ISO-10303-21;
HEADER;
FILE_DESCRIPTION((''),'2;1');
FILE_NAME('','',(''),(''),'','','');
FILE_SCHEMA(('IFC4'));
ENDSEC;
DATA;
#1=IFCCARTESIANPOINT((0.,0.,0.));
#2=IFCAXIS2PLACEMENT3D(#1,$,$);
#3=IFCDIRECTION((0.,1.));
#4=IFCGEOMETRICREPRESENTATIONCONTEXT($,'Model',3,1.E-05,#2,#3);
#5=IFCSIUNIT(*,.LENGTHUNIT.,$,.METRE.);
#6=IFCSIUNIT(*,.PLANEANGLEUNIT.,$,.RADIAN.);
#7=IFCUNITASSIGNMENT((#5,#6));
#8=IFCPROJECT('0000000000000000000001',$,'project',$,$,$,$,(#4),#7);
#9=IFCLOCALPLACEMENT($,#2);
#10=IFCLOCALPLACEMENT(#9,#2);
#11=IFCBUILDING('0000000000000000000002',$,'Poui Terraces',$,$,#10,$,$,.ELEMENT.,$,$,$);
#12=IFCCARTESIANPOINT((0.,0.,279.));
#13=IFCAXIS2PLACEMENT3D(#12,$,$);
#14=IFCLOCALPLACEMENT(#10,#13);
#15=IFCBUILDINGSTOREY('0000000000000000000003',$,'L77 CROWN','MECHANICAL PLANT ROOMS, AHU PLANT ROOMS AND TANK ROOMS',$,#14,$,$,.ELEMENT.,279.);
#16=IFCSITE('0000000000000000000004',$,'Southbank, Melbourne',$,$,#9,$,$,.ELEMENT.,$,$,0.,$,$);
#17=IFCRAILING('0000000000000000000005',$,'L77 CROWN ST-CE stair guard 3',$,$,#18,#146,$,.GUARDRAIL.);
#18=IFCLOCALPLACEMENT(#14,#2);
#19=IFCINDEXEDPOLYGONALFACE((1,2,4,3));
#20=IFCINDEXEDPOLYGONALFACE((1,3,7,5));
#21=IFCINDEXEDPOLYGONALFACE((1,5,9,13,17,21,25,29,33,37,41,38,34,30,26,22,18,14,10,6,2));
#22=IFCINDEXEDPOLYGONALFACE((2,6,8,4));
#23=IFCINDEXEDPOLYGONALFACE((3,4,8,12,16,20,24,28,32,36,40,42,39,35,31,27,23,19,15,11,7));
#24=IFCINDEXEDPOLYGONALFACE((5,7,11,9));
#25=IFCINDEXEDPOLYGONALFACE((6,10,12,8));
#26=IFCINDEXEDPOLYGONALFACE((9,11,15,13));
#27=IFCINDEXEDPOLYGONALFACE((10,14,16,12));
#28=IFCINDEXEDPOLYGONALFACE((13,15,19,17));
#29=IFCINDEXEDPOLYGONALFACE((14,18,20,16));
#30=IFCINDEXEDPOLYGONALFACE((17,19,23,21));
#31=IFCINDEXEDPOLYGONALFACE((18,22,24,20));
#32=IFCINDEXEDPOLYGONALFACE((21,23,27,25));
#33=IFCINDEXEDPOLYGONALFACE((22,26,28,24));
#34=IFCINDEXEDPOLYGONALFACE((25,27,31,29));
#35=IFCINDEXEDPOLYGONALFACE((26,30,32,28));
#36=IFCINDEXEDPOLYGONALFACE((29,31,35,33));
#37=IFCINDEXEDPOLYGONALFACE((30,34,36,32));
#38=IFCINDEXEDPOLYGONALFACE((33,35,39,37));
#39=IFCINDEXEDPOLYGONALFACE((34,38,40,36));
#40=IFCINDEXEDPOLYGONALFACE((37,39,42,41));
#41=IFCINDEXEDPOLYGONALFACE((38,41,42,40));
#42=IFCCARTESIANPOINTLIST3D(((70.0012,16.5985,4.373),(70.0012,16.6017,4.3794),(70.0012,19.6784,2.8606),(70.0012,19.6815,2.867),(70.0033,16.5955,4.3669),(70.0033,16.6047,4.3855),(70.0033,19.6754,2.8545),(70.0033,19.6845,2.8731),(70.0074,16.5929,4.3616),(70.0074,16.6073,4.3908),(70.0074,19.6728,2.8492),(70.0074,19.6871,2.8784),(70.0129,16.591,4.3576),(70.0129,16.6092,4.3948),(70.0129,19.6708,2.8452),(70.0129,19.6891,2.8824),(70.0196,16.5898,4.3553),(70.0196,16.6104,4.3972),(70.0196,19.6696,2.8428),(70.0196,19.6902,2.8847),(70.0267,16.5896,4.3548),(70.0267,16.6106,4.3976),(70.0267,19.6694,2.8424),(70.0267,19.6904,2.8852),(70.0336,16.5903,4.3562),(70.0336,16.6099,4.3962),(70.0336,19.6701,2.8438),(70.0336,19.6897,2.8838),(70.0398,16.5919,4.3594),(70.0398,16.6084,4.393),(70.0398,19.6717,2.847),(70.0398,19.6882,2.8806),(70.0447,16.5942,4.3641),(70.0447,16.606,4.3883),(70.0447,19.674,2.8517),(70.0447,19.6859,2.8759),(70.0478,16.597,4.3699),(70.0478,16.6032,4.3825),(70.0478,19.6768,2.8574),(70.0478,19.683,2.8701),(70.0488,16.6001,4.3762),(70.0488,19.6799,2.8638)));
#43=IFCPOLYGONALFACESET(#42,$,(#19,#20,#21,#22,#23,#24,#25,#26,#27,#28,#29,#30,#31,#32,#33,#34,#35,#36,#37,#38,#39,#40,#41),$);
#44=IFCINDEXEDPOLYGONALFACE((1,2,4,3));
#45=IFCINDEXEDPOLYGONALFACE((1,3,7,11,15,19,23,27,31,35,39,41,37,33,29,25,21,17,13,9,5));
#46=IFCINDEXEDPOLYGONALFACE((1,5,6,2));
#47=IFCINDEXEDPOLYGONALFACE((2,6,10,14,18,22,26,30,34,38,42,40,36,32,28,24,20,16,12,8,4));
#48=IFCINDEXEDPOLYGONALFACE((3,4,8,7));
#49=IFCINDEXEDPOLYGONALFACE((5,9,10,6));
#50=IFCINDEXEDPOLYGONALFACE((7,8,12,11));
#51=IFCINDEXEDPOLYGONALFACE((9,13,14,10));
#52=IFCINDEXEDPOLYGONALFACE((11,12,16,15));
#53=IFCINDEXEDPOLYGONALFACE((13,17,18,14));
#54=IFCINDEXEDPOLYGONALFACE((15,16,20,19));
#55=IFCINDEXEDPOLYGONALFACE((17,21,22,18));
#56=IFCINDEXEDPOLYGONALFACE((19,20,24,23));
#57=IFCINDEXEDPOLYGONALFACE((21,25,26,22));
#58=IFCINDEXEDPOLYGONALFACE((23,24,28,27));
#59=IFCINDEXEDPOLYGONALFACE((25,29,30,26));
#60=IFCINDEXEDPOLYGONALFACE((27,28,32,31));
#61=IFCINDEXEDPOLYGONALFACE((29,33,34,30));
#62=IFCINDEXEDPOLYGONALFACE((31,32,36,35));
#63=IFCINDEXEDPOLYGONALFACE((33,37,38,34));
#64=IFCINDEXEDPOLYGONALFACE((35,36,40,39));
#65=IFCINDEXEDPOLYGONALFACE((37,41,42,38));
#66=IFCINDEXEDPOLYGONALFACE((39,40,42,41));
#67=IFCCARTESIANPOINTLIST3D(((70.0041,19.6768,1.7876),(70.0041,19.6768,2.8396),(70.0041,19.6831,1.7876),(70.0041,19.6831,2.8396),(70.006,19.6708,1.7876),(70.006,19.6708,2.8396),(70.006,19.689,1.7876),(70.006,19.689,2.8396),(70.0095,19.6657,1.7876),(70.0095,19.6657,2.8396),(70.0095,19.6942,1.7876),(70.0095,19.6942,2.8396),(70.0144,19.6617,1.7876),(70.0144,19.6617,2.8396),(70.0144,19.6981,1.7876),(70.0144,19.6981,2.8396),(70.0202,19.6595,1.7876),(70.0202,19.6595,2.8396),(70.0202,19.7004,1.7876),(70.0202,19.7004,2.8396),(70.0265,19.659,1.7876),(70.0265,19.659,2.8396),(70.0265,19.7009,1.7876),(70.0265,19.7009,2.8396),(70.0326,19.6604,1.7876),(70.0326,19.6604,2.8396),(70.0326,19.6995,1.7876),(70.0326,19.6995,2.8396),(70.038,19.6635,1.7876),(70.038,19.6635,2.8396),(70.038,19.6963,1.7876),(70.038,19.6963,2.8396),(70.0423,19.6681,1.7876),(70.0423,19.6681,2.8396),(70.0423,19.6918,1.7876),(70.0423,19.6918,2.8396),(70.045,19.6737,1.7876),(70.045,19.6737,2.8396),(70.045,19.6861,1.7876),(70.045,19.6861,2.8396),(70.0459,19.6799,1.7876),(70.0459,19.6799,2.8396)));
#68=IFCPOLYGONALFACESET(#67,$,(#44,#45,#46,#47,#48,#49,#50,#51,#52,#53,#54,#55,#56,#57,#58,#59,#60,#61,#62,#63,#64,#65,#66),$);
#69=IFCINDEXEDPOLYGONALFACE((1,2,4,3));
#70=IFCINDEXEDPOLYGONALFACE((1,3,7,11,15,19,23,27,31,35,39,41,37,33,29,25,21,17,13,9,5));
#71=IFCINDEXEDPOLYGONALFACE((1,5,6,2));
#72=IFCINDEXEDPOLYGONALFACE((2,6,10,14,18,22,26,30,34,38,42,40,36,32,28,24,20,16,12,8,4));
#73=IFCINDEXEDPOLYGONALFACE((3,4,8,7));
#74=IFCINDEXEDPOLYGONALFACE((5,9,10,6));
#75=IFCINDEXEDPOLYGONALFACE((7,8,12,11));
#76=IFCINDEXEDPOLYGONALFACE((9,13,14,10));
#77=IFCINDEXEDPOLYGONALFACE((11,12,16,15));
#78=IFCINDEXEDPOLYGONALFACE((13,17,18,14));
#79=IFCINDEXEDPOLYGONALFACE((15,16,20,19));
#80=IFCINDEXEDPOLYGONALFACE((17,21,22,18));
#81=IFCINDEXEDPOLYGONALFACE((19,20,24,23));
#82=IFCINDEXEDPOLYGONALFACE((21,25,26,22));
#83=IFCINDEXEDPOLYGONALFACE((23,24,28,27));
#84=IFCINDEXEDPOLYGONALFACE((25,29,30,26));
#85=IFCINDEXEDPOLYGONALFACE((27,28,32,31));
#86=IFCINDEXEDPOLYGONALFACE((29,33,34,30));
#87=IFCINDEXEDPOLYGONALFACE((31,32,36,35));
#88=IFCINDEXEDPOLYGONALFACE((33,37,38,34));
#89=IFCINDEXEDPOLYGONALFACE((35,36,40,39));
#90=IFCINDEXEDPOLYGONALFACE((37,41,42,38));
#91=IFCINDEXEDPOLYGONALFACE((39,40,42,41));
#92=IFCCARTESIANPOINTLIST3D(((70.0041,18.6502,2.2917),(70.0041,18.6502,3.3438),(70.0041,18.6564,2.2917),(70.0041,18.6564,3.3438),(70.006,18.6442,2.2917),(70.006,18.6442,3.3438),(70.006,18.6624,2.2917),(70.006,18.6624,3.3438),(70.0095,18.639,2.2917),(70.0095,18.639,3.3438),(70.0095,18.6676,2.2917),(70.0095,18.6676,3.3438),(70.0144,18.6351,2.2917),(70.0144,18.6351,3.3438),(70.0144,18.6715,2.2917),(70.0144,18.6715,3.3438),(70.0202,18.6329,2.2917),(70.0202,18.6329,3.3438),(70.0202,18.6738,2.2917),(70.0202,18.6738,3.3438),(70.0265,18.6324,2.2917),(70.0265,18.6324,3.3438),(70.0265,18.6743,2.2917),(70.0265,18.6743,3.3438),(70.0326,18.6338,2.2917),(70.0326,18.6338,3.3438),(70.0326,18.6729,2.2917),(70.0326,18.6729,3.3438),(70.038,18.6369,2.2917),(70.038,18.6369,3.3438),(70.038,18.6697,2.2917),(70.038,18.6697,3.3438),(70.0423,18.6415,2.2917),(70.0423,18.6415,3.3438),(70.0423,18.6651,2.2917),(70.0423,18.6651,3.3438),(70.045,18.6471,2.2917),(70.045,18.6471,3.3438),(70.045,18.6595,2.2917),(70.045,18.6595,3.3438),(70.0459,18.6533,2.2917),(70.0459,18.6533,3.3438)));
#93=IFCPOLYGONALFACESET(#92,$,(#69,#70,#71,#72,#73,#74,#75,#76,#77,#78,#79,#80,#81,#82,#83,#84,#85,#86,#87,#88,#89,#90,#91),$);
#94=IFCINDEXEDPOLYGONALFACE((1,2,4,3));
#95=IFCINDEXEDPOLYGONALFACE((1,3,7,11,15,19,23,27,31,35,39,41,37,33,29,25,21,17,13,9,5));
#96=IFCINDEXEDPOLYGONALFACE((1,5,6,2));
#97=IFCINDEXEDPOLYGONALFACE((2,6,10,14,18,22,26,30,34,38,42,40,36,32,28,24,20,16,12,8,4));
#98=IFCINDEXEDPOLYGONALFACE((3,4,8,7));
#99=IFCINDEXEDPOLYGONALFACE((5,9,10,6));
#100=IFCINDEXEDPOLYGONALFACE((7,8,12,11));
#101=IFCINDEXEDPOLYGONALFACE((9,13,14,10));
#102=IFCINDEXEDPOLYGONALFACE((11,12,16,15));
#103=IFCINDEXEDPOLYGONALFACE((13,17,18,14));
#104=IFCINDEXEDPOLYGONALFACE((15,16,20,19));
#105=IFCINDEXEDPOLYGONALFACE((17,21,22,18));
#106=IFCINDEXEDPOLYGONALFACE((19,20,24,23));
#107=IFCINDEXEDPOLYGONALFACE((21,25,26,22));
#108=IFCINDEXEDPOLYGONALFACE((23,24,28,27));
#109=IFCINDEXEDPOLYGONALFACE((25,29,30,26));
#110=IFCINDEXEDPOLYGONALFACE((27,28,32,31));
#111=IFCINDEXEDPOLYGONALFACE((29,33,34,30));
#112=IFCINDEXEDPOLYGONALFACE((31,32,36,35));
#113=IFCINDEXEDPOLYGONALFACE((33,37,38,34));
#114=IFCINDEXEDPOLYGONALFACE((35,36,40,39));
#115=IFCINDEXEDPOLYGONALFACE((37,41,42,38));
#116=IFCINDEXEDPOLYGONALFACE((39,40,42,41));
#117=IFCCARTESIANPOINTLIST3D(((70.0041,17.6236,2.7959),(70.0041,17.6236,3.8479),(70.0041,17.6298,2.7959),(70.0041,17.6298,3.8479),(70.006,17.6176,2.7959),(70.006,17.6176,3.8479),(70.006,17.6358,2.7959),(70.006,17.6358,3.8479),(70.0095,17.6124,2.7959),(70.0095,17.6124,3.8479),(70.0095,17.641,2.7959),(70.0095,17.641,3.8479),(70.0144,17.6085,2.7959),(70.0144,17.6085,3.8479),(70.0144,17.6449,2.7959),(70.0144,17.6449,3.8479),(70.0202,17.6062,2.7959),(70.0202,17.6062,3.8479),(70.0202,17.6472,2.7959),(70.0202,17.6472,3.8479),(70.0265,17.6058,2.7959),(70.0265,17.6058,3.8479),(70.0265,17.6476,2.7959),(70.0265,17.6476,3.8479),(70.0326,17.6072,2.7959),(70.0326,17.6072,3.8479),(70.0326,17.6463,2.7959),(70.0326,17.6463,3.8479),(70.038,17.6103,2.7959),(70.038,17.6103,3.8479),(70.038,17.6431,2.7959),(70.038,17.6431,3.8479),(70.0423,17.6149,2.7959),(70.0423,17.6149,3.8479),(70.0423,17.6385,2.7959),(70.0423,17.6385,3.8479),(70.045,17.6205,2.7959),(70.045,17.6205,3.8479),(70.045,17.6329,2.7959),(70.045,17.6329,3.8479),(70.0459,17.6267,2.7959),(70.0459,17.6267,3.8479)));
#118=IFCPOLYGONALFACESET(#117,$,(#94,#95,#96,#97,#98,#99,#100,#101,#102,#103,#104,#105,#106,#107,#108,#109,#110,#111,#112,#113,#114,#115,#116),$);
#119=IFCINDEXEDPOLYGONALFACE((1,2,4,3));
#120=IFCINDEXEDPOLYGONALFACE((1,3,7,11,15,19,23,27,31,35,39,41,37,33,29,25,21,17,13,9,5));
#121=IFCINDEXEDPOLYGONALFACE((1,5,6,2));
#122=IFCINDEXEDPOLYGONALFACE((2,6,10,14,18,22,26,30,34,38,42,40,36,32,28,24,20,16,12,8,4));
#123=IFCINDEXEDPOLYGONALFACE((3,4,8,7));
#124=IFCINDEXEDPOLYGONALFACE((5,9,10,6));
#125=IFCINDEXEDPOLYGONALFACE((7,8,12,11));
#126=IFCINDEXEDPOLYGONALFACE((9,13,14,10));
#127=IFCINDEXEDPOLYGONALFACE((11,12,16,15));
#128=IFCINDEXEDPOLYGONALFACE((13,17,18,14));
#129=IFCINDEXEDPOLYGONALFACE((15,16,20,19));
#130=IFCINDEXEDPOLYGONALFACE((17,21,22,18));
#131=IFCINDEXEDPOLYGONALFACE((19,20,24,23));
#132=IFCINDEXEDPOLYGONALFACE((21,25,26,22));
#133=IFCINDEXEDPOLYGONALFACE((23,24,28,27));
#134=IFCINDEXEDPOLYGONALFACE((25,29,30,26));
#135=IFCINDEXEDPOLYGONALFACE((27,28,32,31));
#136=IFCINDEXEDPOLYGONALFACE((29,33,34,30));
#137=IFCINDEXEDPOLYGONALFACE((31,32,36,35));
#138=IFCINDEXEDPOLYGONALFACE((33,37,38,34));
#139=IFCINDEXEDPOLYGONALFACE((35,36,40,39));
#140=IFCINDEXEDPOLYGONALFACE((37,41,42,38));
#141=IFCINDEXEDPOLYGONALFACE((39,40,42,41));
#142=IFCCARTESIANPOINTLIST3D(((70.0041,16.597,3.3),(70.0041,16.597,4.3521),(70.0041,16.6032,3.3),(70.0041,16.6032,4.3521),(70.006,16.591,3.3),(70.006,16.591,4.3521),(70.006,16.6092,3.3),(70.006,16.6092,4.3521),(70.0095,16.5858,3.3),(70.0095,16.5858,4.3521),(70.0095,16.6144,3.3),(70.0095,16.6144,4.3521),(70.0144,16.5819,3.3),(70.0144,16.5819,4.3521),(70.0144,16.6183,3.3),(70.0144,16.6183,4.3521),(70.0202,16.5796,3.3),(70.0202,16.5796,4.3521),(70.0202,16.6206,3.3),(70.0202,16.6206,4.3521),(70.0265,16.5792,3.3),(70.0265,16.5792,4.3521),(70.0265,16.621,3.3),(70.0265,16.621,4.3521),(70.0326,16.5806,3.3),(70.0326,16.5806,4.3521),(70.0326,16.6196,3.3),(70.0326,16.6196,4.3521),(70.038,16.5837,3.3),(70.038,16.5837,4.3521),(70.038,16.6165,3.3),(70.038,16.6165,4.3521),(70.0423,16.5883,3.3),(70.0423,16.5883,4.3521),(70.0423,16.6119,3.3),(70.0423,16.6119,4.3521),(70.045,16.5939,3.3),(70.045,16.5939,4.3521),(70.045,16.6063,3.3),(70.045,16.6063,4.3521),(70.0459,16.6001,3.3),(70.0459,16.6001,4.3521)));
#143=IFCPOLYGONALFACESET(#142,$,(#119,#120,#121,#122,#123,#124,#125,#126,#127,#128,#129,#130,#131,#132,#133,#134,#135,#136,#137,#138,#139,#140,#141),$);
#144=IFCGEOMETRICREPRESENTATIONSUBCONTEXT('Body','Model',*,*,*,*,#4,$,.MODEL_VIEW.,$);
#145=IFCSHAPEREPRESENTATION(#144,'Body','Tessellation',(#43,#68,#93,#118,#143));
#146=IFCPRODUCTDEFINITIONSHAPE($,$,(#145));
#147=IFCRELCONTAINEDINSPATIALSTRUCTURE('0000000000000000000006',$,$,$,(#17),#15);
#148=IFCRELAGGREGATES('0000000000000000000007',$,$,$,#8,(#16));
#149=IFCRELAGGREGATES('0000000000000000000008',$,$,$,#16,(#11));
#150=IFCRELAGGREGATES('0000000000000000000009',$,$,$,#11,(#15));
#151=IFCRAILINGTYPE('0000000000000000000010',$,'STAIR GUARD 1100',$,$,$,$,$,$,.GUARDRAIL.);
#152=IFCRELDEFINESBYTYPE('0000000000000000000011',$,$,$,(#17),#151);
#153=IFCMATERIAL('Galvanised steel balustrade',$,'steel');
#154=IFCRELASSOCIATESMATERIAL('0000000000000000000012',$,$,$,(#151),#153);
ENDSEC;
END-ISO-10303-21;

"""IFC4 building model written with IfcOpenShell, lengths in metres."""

from ifc_helpers import new_model, si_unit, direction, frame, origin, origin_2d, place, context, subcontext, project, spatial, circle, extrude, material, type_object, element, save


model = new_model("IFC4")

# Units and contexts
model_context = context("Model", 3, precision=1e-05, world=origin(), true_north=direction((0.0, 1.0)))
body_context = subcontext(model_context, "Body", "Model", "MODEL_VIEW")
ifc_project = project(units=[si_unit("LENGTHUNIT", "METRE"), si_unit("PLANEANGLEUNIT", "RADIAN")], contexts=[model_context])

# Site, building, storey
site_placement = place(None, origin())
site = spatial("IfcSite", under=ifc_project, at=site_placement, Name="Southbank, Melbourne", CompositionType="ELEMENT", RefElevation=0.0)
building_placement = place(site_placement, origin())
building = spatial("IfcBuilding", under=site, at=building_placement, Name="Poui Terraces", CompositionType="ELEMENT")
storey_placement = place(building_placement, frame((0.0, 0.0, 279.0)))
storey = spatial("IfcBuildingStorey", under=building, at=storey_placement, Name="L77 CROWN", Description="MECHANICAL PLANT ROOMS, AHU PLANT ROOMS AND TANK ROOMS", CompositionType="ELEMENT", Elevation=279.0)

# Railing
ifc_material_1 = material(Name="Galvanised steel balustrade", Category="steel")
railing_type_1 = type_object("IfcRailingType", Name="STAIR GUARD 1100", PredefinedType="GUARDRAIL", material=ifc_material_1)
railing_1_placement = place(storey_placement, frame((70.0249, 19.6799, 1.7876)))
element("IfcRailing", 1, at=railing_1_placement, inside=storey, type_object=railing_type_1, Name="L77 CROWN ST-CE stair guard 3", PredefinedType="GUARDRAIL", context=body_context, shape_type="SweptSolid", body=[
    extrude(circle(Radius=0.0239, at=origin_2d()), frame((0.0, 0.0, 1.0762), z_axis=(0.0, -0.897606, 0.440798), x_axis=(1.0, 0.0, 0.0)), (0.0, 0.0, 1.0), 3.4312),
    extrude(circle(Radius=0.021, at=origin_2d()), origin(), (0.0, 0.0, 1.0), 1.052),
    extrude(circle(Radius=0.021, at=origin_2d()), frame((0.0, -1.0266, 0.5042)), (0.0, 0.0, 1.0), 1.052),
    extrude(circle(Radius=0.021, at=origin_2d()), frame((0.0, -2.0532, 1.0083)), (0.0, 0.0, 1.0), 1.052),
    extrude(circle(Radius=0.021, at=origin_2d()), frame((0.0, -3.0798, 1.5125)), (0.0, 0.0, 1.0), 1.052),
])

save(model, "model.ifc")
